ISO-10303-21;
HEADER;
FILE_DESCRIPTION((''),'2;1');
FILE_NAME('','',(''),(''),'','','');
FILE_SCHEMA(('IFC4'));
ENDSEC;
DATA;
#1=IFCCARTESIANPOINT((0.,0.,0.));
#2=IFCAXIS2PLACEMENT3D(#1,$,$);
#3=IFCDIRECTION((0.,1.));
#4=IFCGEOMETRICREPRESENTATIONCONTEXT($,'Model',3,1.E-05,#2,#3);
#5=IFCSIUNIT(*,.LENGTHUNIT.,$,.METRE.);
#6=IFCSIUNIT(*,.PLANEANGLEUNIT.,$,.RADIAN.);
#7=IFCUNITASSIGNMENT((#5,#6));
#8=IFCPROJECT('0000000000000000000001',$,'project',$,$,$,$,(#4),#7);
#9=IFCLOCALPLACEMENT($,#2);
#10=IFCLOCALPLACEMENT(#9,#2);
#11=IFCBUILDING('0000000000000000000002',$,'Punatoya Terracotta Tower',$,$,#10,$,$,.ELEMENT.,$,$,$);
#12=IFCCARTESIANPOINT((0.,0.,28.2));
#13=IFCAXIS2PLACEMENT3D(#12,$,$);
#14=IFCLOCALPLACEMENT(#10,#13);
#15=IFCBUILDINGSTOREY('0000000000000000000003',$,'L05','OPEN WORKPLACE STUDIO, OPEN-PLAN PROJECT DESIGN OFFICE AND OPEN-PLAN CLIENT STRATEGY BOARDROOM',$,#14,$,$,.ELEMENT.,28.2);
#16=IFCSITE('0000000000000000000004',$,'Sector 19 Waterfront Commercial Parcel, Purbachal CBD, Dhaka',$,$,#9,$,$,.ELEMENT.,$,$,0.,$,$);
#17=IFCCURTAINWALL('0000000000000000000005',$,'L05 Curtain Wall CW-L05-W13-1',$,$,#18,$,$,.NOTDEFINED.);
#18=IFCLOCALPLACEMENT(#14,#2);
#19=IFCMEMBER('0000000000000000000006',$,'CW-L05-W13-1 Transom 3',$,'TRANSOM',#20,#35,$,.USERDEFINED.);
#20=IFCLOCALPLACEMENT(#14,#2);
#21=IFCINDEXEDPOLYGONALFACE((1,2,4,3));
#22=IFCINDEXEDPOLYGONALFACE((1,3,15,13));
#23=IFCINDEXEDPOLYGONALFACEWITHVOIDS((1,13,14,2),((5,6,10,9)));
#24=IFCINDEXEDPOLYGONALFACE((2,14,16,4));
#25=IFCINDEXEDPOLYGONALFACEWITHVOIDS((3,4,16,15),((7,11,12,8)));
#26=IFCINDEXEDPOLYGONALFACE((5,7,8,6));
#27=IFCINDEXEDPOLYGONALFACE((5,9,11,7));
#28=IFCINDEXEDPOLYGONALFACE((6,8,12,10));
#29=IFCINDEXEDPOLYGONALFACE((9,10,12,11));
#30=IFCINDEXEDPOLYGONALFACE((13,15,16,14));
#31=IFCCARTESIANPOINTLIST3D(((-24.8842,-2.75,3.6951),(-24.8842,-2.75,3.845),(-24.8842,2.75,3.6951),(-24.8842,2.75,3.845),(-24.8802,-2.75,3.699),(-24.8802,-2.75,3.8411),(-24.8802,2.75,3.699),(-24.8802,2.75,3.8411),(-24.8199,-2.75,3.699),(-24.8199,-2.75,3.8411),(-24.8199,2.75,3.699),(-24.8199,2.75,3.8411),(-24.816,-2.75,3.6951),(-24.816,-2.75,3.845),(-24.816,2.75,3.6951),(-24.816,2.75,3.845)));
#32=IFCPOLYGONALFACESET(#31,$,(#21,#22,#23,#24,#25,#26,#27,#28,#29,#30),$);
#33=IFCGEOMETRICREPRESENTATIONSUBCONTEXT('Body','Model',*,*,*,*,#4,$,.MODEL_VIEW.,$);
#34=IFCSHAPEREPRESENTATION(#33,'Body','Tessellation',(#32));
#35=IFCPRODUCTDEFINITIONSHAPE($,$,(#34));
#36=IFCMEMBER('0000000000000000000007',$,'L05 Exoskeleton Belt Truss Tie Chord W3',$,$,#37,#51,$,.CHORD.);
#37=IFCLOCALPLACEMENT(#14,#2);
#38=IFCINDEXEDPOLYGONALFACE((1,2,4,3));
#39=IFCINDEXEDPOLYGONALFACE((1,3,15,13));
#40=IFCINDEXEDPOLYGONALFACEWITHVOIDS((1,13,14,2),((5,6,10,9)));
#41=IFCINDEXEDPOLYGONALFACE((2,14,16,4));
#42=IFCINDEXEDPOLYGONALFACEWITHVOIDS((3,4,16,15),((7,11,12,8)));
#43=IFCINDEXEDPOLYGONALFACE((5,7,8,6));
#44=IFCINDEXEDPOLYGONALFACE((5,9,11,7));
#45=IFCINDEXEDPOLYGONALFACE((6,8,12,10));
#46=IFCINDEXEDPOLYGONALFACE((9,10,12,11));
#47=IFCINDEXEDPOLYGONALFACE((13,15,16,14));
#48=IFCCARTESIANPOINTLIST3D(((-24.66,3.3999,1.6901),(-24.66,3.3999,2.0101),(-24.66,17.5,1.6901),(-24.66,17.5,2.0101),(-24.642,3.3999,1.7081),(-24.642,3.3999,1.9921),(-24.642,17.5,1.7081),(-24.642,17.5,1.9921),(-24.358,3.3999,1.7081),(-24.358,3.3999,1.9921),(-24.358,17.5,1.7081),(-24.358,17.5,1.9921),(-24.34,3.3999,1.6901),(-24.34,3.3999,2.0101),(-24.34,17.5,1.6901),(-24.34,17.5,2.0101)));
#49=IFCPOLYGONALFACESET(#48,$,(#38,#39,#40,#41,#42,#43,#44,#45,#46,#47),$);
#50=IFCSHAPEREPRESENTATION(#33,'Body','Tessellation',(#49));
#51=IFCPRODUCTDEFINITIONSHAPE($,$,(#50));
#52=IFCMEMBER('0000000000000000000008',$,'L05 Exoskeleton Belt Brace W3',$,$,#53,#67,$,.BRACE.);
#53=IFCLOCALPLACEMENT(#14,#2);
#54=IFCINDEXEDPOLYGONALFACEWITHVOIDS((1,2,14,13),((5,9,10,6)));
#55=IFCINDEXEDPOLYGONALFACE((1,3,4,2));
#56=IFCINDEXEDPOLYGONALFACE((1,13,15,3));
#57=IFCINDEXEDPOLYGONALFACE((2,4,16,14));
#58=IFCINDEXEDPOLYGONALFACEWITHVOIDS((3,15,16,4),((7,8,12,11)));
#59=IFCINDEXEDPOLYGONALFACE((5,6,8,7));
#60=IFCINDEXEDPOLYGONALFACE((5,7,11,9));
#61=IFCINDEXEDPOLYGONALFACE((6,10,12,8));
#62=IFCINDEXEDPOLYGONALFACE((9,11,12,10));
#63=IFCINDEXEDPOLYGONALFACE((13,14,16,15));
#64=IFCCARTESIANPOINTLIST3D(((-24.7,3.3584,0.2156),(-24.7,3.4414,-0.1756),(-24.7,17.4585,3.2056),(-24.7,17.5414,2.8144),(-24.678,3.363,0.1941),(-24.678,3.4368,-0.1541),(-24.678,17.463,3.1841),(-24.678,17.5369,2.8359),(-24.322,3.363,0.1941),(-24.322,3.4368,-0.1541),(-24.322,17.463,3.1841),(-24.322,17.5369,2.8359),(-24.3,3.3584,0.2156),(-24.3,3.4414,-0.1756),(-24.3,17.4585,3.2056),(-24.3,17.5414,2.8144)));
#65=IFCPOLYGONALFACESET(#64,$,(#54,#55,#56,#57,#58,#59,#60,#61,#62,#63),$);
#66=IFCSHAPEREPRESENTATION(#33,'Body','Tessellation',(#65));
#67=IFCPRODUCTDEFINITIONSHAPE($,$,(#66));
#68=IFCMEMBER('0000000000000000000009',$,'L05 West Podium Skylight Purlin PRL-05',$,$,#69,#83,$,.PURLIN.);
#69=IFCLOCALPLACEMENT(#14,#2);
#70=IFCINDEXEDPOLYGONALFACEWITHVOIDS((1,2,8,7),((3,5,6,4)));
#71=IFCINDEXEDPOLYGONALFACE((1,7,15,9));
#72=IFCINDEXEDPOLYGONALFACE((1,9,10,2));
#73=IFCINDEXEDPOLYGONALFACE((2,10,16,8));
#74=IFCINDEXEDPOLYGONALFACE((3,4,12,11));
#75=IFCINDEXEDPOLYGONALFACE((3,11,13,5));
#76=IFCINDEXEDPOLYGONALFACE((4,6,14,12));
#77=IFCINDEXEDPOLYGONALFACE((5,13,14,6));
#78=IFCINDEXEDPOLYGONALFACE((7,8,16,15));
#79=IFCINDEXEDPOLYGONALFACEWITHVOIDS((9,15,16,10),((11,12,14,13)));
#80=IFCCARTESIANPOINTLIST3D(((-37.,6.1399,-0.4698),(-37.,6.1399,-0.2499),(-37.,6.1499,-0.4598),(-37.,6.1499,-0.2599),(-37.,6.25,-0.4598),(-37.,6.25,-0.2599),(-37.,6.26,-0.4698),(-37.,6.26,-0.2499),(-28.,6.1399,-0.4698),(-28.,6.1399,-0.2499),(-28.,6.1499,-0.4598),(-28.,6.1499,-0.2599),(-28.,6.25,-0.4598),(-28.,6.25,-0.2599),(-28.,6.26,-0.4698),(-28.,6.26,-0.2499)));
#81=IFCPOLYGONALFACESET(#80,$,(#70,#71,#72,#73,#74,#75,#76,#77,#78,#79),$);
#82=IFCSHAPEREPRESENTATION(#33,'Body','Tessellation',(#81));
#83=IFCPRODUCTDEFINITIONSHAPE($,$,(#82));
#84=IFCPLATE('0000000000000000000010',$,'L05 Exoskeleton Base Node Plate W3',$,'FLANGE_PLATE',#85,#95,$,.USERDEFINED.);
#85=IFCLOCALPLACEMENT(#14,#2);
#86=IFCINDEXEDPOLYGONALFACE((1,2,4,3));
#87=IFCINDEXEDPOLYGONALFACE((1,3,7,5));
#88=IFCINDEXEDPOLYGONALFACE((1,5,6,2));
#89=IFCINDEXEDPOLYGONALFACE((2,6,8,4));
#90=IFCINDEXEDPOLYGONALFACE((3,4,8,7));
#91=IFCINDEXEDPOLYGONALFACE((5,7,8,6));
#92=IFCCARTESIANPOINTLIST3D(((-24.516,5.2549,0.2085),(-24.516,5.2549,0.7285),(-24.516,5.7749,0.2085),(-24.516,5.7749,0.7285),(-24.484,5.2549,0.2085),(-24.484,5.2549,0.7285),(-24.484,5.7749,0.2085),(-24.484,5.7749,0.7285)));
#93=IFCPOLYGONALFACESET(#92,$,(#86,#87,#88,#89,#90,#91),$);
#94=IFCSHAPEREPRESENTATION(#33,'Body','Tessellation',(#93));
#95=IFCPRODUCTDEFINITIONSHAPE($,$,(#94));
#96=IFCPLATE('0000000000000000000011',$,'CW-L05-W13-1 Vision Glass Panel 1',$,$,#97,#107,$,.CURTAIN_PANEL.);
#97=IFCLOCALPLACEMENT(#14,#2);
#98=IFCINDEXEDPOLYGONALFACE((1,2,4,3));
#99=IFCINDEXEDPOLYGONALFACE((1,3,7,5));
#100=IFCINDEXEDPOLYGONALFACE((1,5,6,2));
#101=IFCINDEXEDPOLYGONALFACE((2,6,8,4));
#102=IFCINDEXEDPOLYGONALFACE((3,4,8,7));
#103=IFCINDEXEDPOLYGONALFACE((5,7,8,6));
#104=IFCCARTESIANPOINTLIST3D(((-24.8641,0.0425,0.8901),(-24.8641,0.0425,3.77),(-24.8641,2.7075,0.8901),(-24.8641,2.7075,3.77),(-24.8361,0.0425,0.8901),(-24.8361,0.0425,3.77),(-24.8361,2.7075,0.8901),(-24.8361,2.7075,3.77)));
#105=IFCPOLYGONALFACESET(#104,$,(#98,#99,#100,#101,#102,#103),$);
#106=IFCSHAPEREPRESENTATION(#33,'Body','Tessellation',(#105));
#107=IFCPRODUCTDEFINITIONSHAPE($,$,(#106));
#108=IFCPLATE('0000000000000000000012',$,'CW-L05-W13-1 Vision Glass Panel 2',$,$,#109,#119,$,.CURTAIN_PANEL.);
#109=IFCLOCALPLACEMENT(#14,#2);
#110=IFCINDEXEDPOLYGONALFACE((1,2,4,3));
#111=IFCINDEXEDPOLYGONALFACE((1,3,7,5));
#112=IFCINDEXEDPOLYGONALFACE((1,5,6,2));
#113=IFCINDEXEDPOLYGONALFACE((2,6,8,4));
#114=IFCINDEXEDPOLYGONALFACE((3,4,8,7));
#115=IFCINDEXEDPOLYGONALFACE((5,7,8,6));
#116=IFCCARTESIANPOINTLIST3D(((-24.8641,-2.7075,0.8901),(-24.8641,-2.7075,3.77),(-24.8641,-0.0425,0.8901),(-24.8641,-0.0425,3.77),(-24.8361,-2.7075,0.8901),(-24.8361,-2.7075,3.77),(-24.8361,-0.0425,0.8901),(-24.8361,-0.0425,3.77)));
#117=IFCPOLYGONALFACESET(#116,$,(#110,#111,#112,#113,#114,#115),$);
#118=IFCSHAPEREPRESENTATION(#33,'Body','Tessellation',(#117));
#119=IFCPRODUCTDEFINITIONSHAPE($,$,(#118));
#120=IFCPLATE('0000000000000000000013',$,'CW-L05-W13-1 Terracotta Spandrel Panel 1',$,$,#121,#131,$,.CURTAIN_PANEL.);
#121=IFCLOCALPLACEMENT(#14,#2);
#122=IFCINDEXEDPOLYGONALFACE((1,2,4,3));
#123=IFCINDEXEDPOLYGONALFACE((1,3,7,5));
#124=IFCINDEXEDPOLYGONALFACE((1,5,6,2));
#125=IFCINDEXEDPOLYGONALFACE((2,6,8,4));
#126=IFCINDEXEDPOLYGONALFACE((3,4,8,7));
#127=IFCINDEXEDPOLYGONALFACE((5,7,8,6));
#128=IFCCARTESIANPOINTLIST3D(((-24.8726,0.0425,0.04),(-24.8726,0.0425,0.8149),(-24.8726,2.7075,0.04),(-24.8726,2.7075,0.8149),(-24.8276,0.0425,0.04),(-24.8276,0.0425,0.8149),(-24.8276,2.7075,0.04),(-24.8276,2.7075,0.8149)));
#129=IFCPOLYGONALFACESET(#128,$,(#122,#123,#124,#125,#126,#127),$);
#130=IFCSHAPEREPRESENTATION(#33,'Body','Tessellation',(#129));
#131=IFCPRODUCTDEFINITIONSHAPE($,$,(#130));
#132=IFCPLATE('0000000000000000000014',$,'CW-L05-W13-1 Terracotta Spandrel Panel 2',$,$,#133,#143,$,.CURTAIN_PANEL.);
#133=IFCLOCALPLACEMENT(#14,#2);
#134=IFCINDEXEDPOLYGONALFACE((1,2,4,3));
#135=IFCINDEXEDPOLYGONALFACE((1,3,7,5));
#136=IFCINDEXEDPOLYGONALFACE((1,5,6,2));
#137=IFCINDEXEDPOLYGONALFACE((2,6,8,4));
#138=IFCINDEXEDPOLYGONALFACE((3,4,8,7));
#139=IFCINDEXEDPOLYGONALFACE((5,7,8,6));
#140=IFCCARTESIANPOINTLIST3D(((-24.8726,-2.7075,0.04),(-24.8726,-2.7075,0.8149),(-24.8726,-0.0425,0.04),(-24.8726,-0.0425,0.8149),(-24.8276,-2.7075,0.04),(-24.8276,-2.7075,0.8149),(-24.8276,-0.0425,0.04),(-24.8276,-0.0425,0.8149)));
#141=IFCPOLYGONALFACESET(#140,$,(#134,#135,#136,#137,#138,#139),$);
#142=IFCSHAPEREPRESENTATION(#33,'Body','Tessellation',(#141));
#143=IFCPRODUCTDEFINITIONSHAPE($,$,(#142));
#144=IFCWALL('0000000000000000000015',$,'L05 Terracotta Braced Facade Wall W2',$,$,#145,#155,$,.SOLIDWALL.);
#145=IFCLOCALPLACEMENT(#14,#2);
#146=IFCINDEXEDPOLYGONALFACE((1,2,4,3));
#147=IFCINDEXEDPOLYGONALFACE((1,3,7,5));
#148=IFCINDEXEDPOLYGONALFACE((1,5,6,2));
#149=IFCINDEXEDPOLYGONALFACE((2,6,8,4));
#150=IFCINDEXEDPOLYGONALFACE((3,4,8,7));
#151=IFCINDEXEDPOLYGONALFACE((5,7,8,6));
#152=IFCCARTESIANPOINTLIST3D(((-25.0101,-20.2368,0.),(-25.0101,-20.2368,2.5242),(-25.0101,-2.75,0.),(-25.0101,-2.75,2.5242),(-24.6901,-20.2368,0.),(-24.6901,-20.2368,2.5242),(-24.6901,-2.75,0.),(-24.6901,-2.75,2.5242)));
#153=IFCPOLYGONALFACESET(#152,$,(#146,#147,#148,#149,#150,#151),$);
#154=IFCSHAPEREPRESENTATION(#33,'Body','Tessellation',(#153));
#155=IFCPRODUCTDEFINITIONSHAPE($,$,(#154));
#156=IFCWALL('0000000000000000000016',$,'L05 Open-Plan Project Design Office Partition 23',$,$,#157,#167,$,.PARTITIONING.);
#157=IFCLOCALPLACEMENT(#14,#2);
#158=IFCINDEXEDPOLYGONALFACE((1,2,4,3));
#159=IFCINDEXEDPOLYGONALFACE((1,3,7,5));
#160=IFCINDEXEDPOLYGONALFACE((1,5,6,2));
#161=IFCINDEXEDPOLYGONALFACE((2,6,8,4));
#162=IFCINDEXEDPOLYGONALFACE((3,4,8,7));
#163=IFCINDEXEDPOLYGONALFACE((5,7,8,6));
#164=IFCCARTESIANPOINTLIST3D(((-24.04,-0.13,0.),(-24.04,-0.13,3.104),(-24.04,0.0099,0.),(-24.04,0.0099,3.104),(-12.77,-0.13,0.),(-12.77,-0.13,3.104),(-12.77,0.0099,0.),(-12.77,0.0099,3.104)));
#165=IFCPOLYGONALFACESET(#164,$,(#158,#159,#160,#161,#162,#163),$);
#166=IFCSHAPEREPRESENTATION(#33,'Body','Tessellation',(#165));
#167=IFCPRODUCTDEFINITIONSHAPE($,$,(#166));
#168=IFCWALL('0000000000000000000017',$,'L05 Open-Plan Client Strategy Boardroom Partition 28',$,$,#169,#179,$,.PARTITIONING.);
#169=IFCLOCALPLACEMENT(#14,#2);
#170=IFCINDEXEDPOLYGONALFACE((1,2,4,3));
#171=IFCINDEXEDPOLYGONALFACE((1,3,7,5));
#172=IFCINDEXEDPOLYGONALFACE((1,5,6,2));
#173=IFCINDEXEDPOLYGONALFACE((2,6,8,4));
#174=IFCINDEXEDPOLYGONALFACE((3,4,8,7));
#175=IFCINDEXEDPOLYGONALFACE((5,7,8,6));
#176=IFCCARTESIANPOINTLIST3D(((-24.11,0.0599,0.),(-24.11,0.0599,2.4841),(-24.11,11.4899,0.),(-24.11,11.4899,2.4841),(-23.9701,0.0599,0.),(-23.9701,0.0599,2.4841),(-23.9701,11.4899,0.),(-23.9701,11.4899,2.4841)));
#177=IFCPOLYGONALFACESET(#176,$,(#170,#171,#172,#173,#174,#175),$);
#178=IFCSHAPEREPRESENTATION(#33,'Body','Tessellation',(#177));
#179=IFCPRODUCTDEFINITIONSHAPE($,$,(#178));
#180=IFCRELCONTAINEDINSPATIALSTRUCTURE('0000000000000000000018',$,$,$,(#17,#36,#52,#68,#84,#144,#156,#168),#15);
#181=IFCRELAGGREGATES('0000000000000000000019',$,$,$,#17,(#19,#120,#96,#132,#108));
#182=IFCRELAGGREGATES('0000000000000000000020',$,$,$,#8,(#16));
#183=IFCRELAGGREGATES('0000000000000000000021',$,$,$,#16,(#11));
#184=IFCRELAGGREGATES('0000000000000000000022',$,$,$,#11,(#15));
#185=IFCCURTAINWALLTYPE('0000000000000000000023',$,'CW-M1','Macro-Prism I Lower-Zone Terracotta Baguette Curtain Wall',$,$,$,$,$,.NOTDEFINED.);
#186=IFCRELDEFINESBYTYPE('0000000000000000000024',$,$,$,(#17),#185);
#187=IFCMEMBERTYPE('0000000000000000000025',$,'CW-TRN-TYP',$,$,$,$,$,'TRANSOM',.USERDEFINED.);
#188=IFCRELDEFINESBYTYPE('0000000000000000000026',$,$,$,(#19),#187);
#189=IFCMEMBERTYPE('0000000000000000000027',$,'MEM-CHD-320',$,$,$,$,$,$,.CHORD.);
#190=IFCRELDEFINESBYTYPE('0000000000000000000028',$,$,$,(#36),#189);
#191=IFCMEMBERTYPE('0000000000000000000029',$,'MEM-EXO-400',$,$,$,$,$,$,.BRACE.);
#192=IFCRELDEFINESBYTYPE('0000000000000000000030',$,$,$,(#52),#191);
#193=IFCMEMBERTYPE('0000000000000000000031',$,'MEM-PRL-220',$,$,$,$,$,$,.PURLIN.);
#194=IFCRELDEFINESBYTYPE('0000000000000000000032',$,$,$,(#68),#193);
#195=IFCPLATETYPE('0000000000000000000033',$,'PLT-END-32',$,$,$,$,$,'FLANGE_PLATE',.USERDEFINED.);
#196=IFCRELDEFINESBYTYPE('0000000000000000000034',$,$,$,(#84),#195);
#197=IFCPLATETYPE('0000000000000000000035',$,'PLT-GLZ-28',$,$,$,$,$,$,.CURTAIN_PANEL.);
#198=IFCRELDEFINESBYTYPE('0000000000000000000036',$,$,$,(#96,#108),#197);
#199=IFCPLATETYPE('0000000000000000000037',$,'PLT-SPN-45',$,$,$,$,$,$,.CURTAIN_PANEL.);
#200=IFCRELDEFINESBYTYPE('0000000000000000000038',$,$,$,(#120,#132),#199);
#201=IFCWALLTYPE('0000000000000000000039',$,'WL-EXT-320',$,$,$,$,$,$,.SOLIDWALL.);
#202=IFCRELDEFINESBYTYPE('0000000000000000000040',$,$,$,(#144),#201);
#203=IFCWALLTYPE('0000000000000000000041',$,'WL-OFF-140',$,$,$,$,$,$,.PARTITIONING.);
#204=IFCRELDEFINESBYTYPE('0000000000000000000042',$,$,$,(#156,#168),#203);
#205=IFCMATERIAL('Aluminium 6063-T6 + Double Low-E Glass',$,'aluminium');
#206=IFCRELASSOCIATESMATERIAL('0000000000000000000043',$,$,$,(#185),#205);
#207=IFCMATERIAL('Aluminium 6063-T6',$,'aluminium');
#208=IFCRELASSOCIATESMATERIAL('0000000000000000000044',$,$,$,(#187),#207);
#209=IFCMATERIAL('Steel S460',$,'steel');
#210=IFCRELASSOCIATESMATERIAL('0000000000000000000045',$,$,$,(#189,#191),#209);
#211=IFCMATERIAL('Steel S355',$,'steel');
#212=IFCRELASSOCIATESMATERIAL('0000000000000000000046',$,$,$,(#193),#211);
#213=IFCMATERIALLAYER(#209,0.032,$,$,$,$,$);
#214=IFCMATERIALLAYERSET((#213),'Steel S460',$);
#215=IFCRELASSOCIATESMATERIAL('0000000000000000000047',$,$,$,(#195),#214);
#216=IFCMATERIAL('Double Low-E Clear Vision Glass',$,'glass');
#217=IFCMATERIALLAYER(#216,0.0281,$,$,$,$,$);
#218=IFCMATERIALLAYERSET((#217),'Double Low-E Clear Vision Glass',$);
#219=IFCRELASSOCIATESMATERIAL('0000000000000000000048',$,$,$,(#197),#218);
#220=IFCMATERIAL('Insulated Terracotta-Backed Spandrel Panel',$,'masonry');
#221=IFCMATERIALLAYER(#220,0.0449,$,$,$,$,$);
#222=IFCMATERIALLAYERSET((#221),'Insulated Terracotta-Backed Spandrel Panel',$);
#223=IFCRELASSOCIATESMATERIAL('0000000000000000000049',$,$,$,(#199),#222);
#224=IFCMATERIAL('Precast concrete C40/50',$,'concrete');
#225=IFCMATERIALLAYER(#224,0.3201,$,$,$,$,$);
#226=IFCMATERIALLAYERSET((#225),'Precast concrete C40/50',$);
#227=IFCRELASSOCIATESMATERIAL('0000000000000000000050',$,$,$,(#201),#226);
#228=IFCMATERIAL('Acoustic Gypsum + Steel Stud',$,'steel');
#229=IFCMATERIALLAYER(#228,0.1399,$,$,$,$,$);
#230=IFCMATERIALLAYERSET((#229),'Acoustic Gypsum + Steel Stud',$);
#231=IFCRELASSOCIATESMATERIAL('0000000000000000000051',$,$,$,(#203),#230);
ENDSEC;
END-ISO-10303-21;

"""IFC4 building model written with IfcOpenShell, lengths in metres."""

from ifc_helpers import new_model, si_unit, direction, frame, frame_2d, origin, origin_2d, place, context, subcontext, project, spatial, rectangle, hollow_rectangle, extrude, material, layer, layer_set, material_profile, profile_set, type_object, element, aggregate, save


model = new_model("IFC4")

# Units and contexts
model_context = context("Model", 3, precision=1e-05, world=origin(), true_north=direction((0.0, 1.0)))
body_context = subcontext(model_context, "Body", "Model", "MODEL_VIEW")
ifc_project = project(units=[si_unit("LENGTHUNIT", "METRE"), si_unit("PLANEANGLEUNIT", "RADIAN")], contexts=[model_context])

# Site, building, storey
site_placement = place(None, origin())
site = spatial("IfcSite", under=ifc_project, at=site_placement, Name="Sector 19 Waterfront Commercial Parcel, Purbachal CBD, Dhaka", CompositionType="ELEMENT", RefElevation=0.0)
building_placement = place(site_placement, origin())
building = spatial("IfcBuilding", under=site, at=building_placement, Name="Punatoya Terracotta Tower", CompositionType="ELEMENT")
storey_placement = place(building_placement, frame((0.0, 0.0, 28.2)))
storey = spatial("IfcBuildingStorey", under=building, at=storey_placement, Name="L05", Description="OPEN WORKPLACE STUDIO, OPEN-PLAN PROJECT DESIGN OFFICE AND OPEN-PLAN CLIENT STRATEGY BOARDROOM", CompositionType="ELEMENT", Elevation=28.2)

# Shared definitions
ifc_material_1 = material(Name="Steel S460", Category="steel")

# Curtain wall, member
ifc_material_2 = material(Name="Aluminium 6063-T6 + Double Low-E Glass", Category="aluminium")
curtain_wall_type = type_object("IfcCurtainWallType", Name="CW-M1", Description="Macro-Prism I Lower-Zone Terracotta Baguette Curtain Wall", PredefinedType="NOTDEFINED", material=ifc_material_2)
curtain_wall_placement = place(storey_placement, origin())
curtain_wall = element("IfcCurtainWall", 1, at=curtain_wall_placement, inside=storey, type_object=curtain_wall_type, Name="L05 Curtain Wall CW-L05-W13-1", PredefinedType="NOTDEFINED")
ifc_material_3 = material(Name="Aluminium 6063-T6", Category="aluminium")
ifc_material_profile_1 = material_profile(ifc_material_3, hollow_rectangle(XDim=0.0681, YDim=0.1499, WallThickness=0.0039, at=origin_2d()))
ifc_profile_set_1 = profile_set([ifc_material_profile_1], Name="Aluminium 6063-T6")
member_type_1 = type_object("IfcMemberType", Name="CW-TRN-TYP", ElementType="TRANSOM", PredefinedType="USERDEFINED", material=ifc_profile_set_1)
member_1_placement = place(storey_placement, frame((-24.8501, 2.75, 3.77), z_axis=(0.0, -1.0, 0.0), x_axis=(1.0, 0.0, 0.0)))
member_1 = element("IfcMember", 2, at=member_1_placement, type_object=member_type_1, Name="CW-L05-W13-1 Transom 3", ObjectType="TRANSOM", PredefinedType="USERDEFINED", context=body_context, shape_type="SweptSolid", body=[
    extrude(hollow_rectangle(XDim=0.0681, YDim=0.1499, WallThickness=0.0039, at=origin_2d()), origin(), (0.0, 0.0, 1.0), 5.5),
])

# Members
ifc_material_profile_2 = material_profile(ifc_material_1, hollow_rectangle(XDim=0.3201, YDim=0.3201, WallThickness=0.0181, at=origin_2d()))
ifc_profile_set_2 = profile_set([ifc_material_profile_2], Name="Steel S460")
member_type_2 = type_object("IfcMemberType", Name="MEM-CHD-320", PredefinedType="CHORD", material=ifc_profile_set_2)
member_2_placement = place(storey_placement, frame((-24.5, 3.3999, 1.8501), z_axis=(0.0, 1.0, 0.0), x_axis=(-1.0, 0.0, 0.0)))
element("IfcMember", 3, at=member_2_placement, inside=storey, type_object=member_type_2, Name="L05 Exoskeleton Belt Truss Tie Chord W3", PredefinedType="CHORD", context=body_context, shape_type="SweptSolid", body=[
    extrude(hollow_rectangle(XDim=0.3201, YDim=0.3201, WallThickness=0.0181, at=origin_2d()), origin(), (0.0, 0.0, 1.0), 14.1001),
])
ifc_material_profile_3 = material_profile(ifc_material_1, hollow_rectangle(XDim=0.3999, YDim=0.3999, WallThickness=0.022, at=origin_2d()))
ifc_profile_set_3 = profile_set([ifc_material_profile_3], Name="Steel S460")
member_type_3 = type_object("IfcMemberType", Name="MEM-EXO-400", PredefinedType="BRACE", material=ifc_profile_set_3)
member_3_placement = place(storey_placement, frame((-24.5, 3.3999, 0.02), z_axis=(0.0, 0.978247, 0.207442), x_axis=(-1.0, 0.0, 0.0)))
element("IfcMember", 4, at=member_3_placement, inside=storey, type_object=member_type_3, Name="L05 Exoskeleton Belt Brace W3", PredefinedType="BRACE", context=body_context, shape_type="SweptSolid", body=[
    extrude(hollow_rectangle(XDim=0.3999, YDim=0.3999, WallThickness=0.022, at=origin_2d()), origin(), (0.0, 0.0, 1.0), 14.4136),
])
ifc_material_4 = material(Name="Steel S355", Category="steel")
ifc_material_profile_4 = material_profile(ifc_material_4, hollow_rectangle(XDim=0.1201, YDim=0.22, WallThickness=0.01, at=origin_2d()))
ifc_profile_set_4 = profile_set([ifc_material_profile_4], Name="Steel S355")
member_type_4 = type_object("IfcMemberType", Name="MEM-PRL-220", PredefinedType="PURLIN", material=ifc_profile_set_4)
member_4_placement = place(storey_placement, frame((-37.0, 6.2, -0.3599), z_axis=(1.0, 0.0, 0.0), x_axis=(0.0, 1.0, 0.0)))
element("IfcMember", 5, at=member_4_placement, inside=storey, type_object=member_type_4, Name="L05 West Podium Skylight Purlin PRL-05", PredefinedType="PURLIN", context=body_context, shape_type="SweptSolid", body=[
    extrude(hollow_rectangle(XDim=0.1201, YDim=0.22, WallThickness=0.01, at=origin_2d()), origin(), (0.0, 0.0, 1.0), 9.0),
])

# Plates
ifc_layer_1 = layer(ifc_material_1, 0.032)
ifc_layer_set_1 = layer_set([ifc_layer_1], Name="Steel S460")
plate_type_1 = type_object("IfcPlateType", Name="PLT-END-32", ElementType="FLANGE_PLATE", PredefinedType="USERDEFINED", material=ifc_layer_set_1)
plate_1_placement = place(storey_placement, frame((-24.5, 5.5149, 0.2085), z_axis=(0.0, 0.0, 1.0), x_axis=(0.0, 1.0, 0.0)))
element("IfcPlate", 6, at=plate_1_placement, inside=storey, type_object=plate_type_1, Name="L05 Exoskeleton Base Node Plate W3", ObjectType="FLANGE_PLATE", PredefinedType="USERDEFINED", context=body_context, shape_type="SweptSolid", body=[
    extrude(rectangle(XDim=0.52, YDim=0.032, at=origin_2d()), origin(), (0.0, 0.0, 1.0), 0.52),
])
ifc_material_5 = material(Name="Double Low-E Clear Vision Glass", Category="glass")
ifc_layer_2 = layer(ifc_material_5, 0.0281)
ifc_layer_set_2 = layer_set([ifc_layer_2], Name="Double Low-E Clear Vision Glass")
plate_type_2 = type_object("IfcPlateType", Name="PLT-GLZ-28", PredefinedType="CURTAIN_PANEL", material=ifc_layer_set_2)
plate_2_placement = place(storey_placement, frame((-24.8501, 1.375, 0.8901), z_axis=(0.0, 0.0, 1.0), x_axis=(0.0, -1.0, 0.0)))
plate_2 = element("IfcPlate", 7, at=plate_2_placement, type_object=plate_type_2, Name="CW-L05-W13-1 Vision Glass Panel 1", PredefinedType="CURTAIN_PANEL", context=body_context, shape_type="SweptSolid", body=[
    extrude(rectangle(XDim=2.665, YDim=0.0281, at=origin_2d()), origin(), (0.0, 0.0, 1.0), 2.8799),
])
plate_3_placement = place(storey_placement, frame((-24.8501, -1.375, 0.8901), z_axis=(0.0, 0.0, 1.0), x_axis=(0.0, -1.0, 0.0)))
plate_3 = element("IfcPlate", 8, at=plate_3_placement, type_object=plate_type_2, Name="CW-L05-W13-1 Vision Glass Panel 2", PredefinedType="CURTAIN_PANEL", context=body_context, shape_type="SweptSolid", body=[
    extrude(rectangle(XDim=2.665, YDim=0.0281, at=origin_2d()), origin(), (0.0, 0.0, 1.0), 2.8799),
])
ifc_material_6 = material(Name="Insulated Terracotta-Backed Spandrel Panel", Category="masonry")
ifc_layer_3 = layer(ifc_material_6, 0.0449)
ifc_layer_set_3 = layer_set([ifc_layer_3], Name="Insulated Terracotta-Backed Spandrel Panel")
plate_type_3 = type_object("IfcPlateType", Name="PLT-SPN-45", PredefinedType="CURTAIN_PANEL", material=ifc_layer_set_3)
plate_4_placement = place(storey_placement, frame((-24.8501, 1.375, 0.04), z_axis=(0.0, 0.0, 1.0), x_axis=(0.0, -1.0, 0.0)))
plate_4 = element("IfcPlate", 9, at=plate_4_placement, type_object=plate_type_3, Name="CW-L05-W13-1 Terracotta Spandrel Panel 1", PredefinedType="CURTAIN_PANEL", context=body_context, shape_type="SweptSolid", body=[
    extrude(rectangle(XDim=2.665, YDim=0.0449, at=origin_2d()), origin(), (0.0, 0.0, 1.0), 0.7749),
])
plate_5_placement = place(storey_placement, frame((-24.8501, -1.375, 0.04), z_axis=(0.0, 0.0, 1.0), x_axis=(0.0, -1.0, 0.0)))
plate_5 = element("IfcPlate", 10, at=plate_5_placement, type_object=plate_type_3, Name="CW-L05-W13-1 Terracotta Spandrel Panel 2", PredefinedType="CURTAIN_PANEL", context=body_context, shape_type="SweptSolid", body=[
    extrude(rectangle(XDim=2.665, YDim=0.0449, at=origin_2d()), origin(), (0.0, 0.0, 1.0), 0.7749),
])
aggregate(curtain_wall, [member_1, plate_4, plate_2, plate_5, plate_3])

# Walls
ifc_material_7 = material(Name="Precast concrete C40/50", Category="concrete")
ifc_layer_4 = layer(ifc_material_7, 0.3201)
ifc_layer_set_4 = layer_set([ifc_layer_4], Name="Precast concrete C40/50")
wall_type_1 = type_object("IfcWallType", Name="WL-EXT-320", PredefinedType="SOLIDWALL", material=ifc_layer_set_4)
wall_1_placement = place(storey_placement, frame((-24.8501, -2.75, 0.0), z_axis=(0.0, 0.0, 1.0), x_axis=(0.0, -1.0, 0.0)))
element("IfcWall", 11, at=wall_1_placement, inside=storey, type_object=wall_type_1, Name="L05 Terracotta Braced Facade Wall W2", PredefinedType="SOLIDWALL", context=body_context, shape_type="SweptSolid", body=[
    extrude(rectangle(XDim=17.4868, YDim=0.3201, at=frame_2d((8.7434, 0.0))), origin(), (0.0, 0.0, 1.0), 2.5242),
])
ifc_material_8 = material(Name="Acoustic Gypsum + Steel Stud", Category="steel")
ifc_layer_5 = layer(ifc_material_8, 0.1399)
ifc_layer_set_5 = layer_set([ifc_layer_5], Name="Acoustic Gypsum + Steel Stud")
wall_type_2 = type_object("IfcWallType", Name="WL-OFF-140", PredefinedType="PARTITIONING", material=ifc_layer_set_5)
wall_2_placement = place(storey_placement, frame((-24.04, -0.0601, 0.0), z_axis=(0.0, 0.0, 1.0), x_axis=(1.0, 0.0, 0.0)))
element("IfcWall", 12, at=wall_2_placement, inside=storey, type_object=wall_type_2, Name="L05 Open-Plan Project Design Office Partition 23", PredefinedType="PARTITIONING", context=body_context, shape_type="SweptSolid", body=[
    extrude(rectangle(XDim=11.27, YDim=0.1399, at=frame_2d((5.635, 0.0))), origin(), (0.0, 0.0, 1.0), 3.104),
])
wall_3_placement = place(storey_placement, frame((-24.04, 0.0601, 0.0), z_axis=(0.0, 0.0, 1.0), x_axis=(0.0, 1.0, 0.0)))
element("IfcWall", 13, at=wall_3_placement, inside=storey, type_object=wall_type_2, Name="L05 Open-Plan Client Strategy Boardroom Partition 28", PredefinedType="PARTITIONING", context=body_context, shape_type="SweptSolid", body=[
    extrude(rectangle(XDim=11.4299, YDim=0.1399, at=frame_2d((5.7148, 0.0))), origin(), (0.0, 0.0, 1.0), 2.4841),
])

save(model, "model.ifc")
